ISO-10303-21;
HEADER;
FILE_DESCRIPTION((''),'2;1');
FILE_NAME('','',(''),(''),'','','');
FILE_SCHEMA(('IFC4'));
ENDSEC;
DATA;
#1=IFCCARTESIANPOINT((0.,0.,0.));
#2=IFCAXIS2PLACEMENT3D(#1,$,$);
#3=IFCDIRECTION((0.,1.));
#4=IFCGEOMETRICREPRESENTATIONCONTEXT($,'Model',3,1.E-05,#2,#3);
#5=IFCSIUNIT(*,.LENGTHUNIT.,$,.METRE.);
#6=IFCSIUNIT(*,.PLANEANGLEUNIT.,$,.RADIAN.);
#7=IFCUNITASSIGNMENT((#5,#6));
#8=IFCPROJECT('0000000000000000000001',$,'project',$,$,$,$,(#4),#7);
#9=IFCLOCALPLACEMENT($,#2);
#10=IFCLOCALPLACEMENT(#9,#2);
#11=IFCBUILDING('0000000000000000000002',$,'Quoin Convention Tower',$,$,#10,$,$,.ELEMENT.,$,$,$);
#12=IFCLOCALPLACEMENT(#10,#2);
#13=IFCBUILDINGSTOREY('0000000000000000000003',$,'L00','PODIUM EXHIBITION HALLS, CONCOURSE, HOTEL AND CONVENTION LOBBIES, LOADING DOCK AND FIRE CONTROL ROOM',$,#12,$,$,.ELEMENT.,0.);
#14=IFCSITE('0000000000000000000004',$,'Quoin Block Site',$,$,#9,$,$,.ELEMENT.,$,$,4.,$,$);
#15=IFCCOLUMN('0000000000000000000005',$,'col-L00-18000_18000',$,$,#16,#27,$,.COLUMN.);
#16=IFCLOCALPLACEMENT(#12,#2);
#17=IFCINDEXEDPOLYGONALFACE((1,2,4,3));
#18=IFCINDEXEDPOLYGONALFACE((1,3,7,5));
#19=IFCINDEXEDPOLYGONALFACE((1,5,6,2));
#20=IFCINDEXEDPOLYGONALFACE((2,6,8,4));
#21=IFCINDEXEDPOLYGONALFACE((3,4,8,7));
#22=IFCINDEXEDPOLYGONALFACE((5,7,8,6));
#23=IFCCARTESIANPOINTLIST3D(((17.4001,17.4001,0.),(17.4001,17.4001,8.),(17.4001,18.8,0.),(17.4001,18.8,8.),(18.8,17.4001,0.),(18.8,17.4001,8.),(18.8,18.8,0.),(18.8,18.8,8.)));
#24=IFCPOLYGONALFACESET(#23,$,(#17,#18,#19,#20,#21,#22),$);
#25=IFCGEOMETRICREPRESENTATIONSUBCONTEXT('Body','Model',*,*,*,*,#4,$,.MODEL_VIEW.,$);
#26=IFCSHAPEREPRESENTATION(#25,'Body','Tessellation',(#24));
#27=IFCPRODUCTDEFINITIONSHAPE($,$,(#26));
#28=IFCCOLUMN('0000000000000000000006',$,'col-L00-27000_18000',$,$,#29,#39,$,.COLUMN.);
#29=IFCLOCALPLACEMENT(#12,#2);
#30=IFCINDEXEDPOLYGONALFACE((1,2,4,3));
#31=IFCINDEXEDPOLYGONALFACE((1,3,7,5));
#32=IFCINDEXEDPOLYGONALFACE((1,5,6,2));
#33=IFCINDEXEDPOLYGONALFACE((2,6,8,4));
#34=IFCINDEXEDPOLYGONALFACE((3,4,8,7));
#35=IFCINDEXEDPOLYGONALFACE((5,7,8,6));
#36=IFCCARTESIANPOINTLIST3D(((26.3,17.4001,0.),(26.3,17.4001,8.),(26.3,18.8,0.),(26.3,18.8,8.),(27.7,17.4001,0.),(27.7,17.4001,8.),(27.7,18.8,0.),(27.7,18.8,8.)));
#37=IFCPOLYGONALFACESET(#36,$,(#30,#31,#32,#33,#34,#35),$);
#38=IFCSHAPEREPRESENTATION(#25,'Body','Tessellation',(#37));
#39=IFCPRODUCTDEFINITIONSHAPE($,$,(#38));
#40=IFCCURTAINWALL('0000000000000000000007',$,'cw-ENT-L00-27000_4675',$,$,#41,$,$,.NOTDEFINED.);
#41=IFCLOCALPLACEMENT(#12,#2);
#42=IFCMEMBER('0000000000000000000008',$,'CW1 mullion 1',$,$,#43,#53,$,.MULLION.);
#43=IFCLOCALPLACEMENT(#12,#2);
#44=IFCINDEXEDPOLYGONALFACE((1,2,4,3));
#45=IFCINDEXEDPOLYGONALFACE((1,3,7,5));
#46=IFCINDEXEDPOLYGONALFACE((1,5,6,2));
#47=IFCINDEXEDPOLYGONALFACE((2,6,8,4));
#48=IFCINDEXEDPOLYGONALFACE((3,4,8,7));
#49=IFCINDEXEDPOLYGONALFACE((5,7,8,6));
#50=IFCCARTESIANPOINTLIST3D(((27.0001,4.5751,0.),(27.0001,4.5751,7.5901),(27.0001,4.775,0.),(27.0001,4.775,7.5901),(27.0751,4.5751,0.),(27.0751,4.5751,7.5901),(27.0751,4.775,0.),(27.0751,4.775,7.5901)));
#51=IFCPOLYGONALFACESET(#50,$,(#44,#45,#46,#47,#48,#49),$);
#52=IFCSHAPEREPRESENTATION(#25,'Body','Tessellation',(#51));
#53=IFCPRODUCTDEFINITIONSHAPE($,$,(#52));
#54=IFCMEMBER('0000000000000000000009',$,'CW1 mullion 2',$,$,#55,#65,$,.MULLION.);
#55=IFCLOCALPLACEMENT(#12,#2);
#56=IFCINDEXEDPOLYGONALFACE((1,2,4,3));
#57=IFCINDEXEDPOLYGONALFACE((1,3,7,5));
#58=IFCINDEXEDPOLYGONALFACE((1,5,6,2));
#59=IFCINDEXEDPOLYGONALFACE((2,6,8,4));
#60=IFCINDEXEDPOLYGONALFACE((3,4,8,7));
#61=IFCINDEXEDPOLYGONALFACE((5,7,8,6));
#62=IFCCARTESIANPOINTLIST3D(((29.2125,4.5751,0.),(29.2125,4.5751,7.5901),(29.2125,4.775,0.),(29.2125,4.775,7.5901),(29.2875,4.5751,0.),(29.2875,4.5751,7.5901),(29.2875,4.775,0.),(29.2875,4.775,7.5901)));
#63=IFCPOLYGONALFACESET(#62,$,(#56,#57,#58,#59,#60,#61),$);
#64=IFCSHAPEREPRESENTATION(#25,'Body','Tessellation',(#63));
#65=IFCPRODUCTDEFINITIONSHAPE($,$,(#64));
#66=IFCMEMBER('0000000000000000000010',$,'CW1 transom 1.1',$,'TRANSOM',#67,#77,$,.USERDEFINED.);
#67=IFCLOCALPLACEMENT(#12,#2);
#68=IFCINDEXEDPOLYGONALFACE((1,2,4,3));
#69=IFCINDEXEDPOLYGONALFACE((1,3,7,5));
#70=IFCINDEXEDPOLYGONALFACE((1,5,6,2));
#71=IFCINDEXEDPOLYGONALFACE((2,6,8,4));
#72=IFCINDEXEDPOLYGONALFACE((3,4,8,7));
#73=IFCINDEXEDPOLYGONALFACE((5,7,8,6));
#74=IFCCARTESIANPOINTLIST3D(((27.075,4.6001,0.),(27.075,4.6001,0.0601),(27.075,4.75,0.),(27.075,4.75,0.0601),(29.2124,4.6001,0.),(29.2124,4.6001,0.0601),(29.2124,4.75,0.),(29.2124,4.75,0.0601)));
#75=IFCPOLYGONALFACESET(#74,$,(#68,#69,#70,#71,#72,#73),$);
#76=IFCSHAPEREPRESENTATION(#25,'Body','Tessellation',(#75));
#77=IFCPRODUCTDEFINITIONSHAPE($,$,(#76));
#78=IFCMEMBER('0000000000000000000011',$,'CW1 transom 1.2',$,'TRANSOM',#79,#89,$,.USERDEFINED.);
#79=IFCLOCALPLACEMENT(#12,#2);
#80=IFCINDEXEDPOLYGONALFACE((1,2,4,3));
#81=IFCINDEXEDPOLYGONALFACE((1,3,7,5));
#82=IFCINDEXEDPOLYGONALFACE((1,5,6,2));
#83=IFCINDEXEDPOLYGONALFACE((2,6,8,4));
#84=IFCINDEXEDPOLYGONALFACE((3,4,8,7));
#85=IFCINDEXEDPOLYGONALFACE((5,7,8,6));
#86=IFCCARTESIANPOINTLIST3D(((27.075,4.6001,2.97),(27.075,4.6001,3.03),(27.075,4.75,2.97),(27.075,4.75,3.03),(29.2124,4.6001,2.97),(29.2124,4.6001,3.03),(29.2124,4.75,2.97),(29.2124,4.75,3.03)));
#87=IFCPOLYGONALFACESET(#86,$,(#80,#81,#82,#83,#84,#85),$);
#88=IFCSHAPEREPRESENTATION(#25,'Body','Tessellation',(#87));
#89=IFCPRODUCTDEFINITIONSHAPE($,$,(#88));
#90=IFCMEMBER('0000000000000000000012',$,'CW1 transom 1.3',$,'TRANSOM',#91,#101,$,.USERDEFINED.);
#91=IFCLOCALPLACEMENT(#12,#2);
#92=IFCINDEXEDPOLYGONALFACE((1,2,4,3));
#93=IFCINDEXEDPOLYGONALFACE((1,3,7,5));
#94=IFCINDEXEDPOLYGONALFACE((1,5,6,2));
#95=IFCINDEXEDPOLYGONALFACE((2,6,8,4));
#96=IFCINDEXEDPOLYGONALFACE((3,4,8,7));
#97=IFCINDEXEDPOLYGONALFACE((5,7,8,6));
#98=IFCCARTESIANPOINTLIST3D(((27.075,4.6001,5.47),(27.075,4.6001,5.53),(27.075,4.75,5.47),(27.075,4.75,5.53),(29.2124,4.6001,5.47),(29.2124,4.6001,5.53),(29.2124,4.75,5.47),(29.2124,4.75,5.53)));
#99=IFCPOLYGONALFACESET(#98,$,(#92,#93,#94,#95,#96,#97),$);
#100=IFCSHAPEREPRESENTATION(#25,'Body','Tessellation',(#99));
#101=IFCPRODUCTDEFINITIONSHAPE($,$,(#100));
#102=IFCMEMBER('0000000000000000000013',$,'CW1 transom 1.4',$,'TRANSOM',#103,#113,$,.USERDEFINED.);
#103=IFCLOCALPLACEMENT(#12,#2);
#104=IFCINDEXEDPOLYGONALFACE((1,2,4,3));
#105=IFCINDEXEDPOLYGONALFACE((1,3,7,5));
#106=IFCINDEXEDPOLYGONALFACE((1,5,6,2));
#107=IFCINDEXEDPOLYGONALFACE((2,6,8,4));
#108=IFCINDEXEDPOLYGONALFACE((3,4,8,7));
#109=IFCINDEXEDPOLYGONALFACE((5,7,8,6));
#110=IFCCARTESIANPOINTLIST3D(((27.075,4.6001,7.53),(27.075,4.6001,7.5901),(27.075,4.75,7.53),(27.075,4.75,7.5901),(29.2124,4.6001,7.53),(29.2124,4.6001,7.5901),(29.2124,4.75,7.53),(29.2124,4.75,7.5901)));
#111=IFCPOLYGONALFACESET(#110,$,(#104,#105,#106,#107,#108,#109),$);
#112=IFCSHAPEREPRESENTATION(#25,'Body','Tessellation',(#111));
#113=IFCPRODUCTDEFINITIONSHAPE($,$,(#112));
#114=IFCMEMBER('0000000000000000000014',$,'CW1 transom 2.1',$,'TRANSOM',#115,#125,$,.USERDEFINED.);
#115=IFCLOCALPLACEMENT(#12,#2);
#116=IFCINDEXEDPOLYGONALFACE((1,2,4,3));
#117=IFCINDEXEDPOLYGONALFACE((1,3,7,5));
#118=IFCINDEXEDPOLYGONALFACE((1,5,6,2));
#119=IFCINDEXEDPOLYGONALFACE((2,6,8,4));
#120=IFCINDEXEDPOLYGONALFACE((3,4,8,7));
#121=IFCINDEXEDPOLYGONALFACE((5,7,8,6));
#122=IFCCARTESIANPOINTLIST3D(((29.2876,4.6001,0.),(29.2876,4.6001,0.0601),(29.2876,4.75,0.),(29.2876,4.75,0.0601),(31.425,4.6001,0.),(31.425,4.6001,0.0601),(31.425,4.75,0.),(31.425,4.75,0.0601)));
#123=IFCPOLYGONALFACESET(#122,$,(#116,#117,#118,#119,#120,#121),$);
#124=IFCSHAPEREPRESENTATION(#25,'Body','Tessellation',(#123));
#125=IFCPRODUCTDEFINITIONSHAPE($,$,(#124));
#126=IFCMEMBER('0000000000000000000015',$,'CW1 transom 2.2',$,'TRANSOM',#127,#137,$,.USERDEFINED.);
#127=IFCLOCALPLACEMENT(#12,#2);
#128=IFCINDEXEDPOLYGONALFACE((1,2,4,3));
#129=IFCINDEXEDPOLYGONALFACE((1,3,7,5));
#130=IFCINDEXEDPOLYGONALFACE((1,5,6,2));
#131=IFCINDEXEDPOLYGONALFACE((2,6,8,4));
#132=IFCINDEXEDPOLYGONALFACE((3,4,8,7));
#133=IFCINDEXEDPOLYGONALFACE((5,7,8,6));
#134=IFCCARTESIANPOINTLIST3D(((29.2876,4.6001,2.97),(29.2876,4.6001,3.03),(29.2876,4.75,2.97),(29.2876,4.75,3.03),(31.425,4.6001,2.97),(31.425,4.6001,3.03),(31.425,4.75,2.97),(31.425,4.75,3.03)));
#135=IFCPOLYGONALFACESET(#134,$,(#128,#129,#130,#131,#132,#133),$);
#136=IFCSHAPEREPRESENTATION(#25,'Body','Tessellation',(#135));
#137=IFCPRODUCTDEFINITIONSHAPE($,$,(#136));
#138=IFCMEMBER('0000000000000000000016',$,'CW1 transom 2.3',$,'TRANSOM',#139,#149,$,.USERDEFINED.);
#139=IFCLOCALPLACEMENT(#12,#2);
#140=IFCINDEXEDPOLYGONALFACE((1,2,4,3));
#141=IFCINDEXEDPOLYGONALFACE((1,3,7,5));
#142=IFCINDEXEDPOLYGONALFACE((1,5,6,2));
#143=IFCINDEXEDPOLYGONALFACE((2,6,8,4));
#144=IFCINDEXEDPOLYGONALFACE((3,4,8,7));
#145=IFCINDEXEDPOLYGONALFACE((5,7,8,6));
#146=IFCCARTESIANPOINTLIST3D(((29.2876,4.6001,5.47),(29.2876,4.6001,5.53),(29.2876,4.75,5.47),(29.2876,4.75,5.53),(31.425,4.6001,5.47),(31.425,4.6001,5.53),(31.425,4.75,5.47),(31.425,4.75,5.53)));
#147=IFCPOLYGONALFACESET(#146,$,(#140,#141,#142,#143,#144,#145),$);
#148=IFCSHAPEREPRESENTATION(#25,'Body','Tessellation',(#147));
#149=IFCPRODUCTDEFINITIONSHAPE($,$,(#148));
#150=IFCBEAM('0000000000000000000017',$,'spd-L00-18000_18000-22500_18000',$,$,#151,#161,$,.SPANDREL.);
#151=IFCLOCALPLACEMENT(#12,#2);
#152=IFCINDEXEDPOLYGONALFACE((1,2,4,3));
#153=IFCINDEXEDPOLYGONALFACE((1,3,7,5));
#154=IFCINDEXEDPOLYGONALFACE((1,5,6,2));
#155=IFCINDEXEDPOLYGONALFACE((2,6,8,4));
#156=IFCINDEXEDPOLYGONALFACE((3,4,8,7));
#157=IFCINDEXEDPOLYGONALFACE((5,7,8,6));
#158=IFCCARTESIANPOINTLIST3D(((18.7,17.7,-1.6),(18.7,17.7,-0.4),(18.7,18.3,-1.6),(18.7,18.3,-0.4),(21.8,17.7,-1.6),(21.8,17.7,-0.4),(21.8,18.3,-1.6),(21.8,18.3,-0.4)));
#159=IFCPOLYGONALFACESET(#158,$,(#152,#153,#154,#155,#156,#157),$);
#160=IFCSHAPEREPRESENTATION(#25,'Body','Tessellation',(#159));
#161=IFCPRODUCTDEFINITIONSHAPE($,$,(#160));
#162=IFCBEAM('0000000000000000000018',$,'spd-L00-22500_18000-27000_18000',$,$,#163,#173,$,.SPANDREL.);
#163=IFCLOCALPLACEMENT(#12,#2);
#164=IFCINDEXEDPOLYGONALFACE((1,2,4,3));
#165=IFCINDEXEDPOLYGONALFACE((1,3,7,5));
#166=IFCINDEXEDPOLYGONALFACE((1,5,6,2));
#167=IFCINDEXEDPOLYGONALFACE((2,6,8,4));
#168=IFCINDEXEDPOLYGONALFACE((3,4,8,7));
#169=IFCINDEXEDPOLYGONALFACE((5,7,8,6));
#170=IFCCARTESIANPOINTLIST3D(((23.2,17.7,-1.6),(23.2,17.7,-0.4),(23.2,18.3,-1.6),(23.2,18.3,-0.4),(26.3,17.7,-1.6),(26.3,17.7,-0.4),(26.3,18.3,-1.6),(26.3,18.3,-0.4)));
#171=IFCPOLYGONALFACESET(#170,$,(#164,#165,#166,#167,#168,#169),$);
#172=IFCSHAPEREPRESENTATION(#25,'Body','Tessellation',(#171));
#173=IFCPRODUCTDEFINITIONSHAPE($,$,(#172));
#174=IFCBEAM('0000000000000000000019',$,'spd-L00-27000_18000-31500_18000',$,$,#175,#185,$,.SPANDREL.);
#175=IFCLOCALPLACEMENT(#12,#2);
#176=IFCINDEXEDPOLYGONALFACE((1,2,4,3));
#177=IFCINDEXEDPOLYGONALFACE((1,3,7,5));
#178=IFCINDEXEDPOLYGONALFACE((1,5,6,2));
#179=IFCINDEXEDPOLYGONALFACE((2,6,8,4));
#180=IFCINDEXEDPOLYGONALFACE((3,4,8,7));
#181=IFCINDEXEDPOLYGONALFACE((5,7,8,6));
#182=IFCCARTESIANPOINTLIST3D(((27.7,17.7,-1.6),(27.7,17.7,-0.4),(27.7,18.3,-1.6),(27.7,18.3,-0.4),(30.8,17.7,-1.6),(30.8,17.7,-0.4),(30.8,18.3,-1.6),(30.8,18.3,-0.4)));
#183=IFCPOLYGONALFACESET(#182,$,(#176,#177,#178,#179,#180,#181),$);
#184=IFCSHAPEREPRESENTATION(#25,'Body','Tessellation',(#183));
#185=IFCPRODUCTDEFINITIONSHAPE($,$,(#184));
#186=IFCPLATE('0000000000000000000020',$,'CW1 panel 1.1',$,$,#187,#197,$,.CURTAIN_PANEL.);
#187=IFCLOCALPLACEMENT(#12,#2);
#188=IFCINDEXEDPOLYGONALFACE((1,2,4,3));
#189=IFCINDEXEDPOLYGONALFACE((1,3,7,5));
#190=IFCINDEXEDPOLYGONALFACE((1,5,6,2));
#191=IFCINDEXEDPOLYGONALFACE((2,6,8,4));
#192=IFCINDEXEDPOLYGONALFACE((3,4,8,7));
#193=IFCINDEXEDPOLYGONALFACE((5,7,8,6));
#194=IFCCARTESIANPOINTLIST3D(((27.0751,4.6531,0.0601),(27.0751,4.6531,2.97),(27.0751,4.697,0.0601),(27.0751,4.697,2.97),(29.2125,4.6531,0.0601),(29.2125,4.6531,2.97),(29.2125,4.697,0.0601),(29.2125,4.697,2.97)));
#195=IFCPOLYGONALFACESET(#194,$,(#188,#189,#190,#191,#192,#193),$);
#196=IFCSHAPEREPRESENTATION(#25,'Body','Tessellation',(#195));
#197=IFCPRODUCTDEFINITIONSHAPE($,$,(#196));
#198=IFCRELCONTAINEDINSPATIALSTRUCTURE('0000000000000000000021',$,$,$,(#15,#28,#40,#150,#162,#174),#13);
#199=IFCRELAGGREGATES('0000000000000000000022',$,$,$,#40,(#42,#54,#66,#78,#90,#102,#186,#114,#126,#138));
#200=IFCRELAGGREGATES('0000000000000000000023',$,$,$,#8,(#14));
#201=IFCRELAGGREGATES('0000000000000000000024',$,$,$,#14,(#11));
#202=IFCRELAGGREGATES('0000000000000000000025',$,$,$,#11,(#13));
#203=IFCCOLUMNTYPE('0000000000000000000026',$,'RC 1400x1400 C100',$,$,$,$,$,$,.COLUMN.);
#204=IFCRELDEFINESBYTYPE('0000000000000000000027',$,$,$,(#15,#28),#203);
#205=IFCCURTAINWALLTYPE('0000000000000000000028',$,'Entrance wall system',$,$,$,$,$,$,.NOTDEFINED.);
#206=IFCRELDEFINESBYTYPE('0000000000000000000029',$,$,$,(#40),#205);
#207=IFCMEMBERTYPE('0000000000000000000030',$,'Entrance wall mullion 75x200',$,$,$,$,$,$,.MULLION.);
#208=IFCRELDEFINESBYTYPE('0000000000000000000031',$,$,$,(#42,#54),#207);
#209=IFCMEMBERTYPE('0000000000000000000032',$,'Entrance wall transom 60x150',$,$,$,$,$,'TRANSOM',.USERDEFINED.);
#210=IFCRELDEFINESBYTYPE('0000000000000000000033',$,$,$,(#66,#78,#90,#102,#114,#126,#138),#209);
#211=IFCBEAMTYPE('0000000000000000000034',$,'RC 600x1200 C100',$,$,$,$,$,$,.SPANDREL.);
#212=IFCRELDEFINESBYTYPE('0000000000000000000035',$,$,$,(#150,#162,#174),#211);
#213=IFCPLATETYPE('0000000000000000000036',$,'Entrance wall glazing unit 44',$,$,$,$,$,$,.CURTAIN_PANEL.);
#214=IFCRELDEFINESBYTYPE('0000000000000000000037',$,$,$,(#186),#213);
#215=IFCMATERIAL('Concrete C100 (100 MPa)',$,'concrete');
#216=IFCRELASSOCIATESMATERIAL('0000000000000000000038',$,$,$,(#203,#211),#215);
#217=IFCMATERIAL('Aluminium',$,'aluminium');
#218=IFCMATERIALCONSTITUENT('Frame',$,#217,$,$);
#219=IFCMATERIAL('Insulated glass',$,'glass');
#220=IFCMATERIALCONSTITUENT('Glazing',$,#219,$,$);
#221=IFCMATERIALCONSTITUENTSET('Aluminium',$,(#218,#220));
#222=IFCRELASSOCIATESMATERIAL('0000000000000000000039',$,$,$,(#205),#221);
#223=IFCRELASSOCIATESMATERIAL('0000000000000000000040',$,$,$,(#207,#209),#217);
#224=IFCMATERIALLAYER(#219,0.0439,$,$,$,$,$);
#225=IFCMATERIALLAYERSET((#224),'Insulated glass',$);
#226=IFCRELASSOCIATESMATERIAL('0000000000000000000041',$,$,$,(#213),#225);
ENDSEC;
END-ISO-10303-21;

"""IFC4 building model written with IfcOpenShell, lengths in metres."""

from ifc_helpers import new_model, si_unit, direction, frame, origin, origin_2d, place, context, subcontext, project, spatial, rectangle, extrude, material, layer, layer_set, constituent, constituent_set, material_profile, profile_set, type_object, element, aggregate, save


model = new_model("IFC4")

# Units and contexts
model_context = context("Model", 3, precision=1e-05, world=origin(), true_north=direction((0.0, 1.0)))
body_context = subcontext(model_context, "Body", "Model", "MODEL_VIEW")
ifc_project = project(units=[si_unit("LENGTHUNIT", "METRE"), si_unit("PLANEANGLEUNIT", "RADIAN")], contexts=[model_context])

# Site, building, storey
site_placement = place(None, origin())
site = spatial("IfcSite", under=ifc_project, at=site_placement, Name="Quoin Block Site", CompositionType="ELEMENT", RefElevation=4.0)
building_placement = place(site_placement, origin())
building = spatial("IfcBuilding", under=site, at=building_placement, Name="Quoin Convention Tower", CompositionType="ELEMENT")
storey_placement = place(building_placement, origin())
storey = spatial("IfcBuildingStorey", under=building, at=storey_placement, Name="L00", Description="PODIUM EXHIBITION HALLS, CONCOURSE, HOTEL AND CONVENTION LOBBIES, LOADING DOCK AND FIRE CONTROL ROOM", CompositionType="ELEMENT", Elevation=0.0)

# Columns
ifc_material_1 = material(Name="Concrete C100 (100 MPa)", Category="concrete")
ifc_material_profile_1 = material_profile(ifc_material_1, rectangle(XDim=1.3999, YDim=1.3999, at=origin_2d()), Name="RC 1400x1400")
ifc_profile_set_1 = profile_set([ifc_material_profile_1], Name="Concrete C100 (100 MPa)")
column_type = type_object("IfcColumnType", Name="RC 1400x1400 C100", PredefinedType="COLUMN", material=ifc_profile_set_1)
for number, where, z_axis, x_axis, name in (
    (1, (18.1001, 18.1001, 0.0), (0.0, 0.0, 1.0), (1.0, 0.0, 0.0), "col-L00-18000_18000"),
    (2, (27.0, 18.1001, 0.0), (0.0, 0.0, 1.0), (1.0, 0.0, 0.0), "col-L00-27000_18000"),
):
    element("IfcColumn", number, at=place(storey_placement, frame(where, z_axis=z_axis, x_axis=x_axis)), inside=storey, type_object=column_type, Name=name, PredefinedType="COLUMN", context=body_context, shape_type="SweptSolid", body=[
        extrude(rectangle(XDim=1.3999, YDim=1.3999, at=origin_2d()), origin(), (0.0, 0.0, 1.0), 8.0),
    ])

# Curtain wall, members
ifc_material_2 = material(Name="Aluminium", Category="aluminium")
ifc_constituent_1 = constituent(ifc_material_2, Name="Frame")
ifc_material_3 = material(Name="Insulated glass", Category="glass")
ifc_constituent_2 = constituent(ifc_material_3, Name="Glazing")
ifc_constituent_set_1 = constituent_set(constituents=[ifc_constituent_1, ifc_constituent_2], Name="Aluminium")
curtain_wall_type = type_object("IfcCurtainWallType", Name="Entrance wall system", PredefinedType="NOTDEFINED", material=ifc_constituent_set_1)
curtain_wall_placement = place(storey_placement, origin())
curtain_wall = element("IfcCurtainWall", 3, at=curtain_wall_placement, inside=storey, type_object=curtain_wall_type, Name="cw-ENT-L00-27000_4675", PredefinedType="NOTDEFINED")
ifc_material_profile_2 = material_profile(ifc_material_2, rectangle(XDim=0.2, YDim=0.075, at=origin_2d()), Name="Entrance wall mullion 75x200")
ifc_profile_set_2 = profile_set([ifc_material_profile_2], Name="Aluminium")
member_type_1 = type_object("IfcMemberType", Name="Entrance wall mullion 75x200", PredefinedType="MULLION", material=ifc_profile_set_2)
member_1_placement = place(storey_placement, frame((27.0376, 4.675, 0.0), z_axis=(0.0, 0.0, 1.0), x_axis=(0.0, 1.0, 0.0)))
member_1 = element("IfcMember", 4, at=member_1_placement, type_object=member_type_1, Name="CW1 mullion 1", PredefinedType="MULLION", context=body_context, shape_type="SweptSolid", body=[
    extrude(rectangle(XDim=0.2, YDim=0.075, at=origin_2d()), origin(), (0.0, 0.0, 1.0), 7.5901),
])
member_2_placement = place(storey_placement, frame((29.25, 4.675, 0.0), z_axis=(0.0, 0.0, 1.0), x_axis=(0.0, 1.0, 0.0)))
member_2 = element("IfcMember", 5, at=member_2_placement, type_object=member_type_1, Name="CW1 mullion 2", PredefinedType="MULLION", context=body_context, shape_type="SweptSolid", body=[
    extrude(rectangle(XDim=0.2, YDim=0.075, at=origin_2d()), origin(), (0.0, 0.0, 1.0), 7.5901),
])
ifc_material_profile_3 = material_profile(ifc_material_2, rectangle(XDim=0.1499, YDim=0.0601, at=origin_2d()), Name="Entrance wall transom 60x150")
ifc_profile_set_3 = profile_set([ifc_material_profile_3], Name="Aluminium")
member_type_2 = type_object("IfcMemberType", Name="Entrance wall transom 60x150", ElementType="TRANSOM", PredefinedType="USERDEFINED", material=ifc_profile_set_3)
member_3_placement = place(storey_placement, frame((27.075, 4.675, 0.03), z_axis=(1.0, 0.0, 0.0), x_axis=(0.0, 1.0, 0.0)))
member_3 = element("IfcMember", 6, at=member_3_placement, type_object=member_type_2, Name="CW1 transom 1.1", ObjectType="TRANSOM", PredefinedType="USERDEFINED", context=body_context, shape_type="SweptSolid", body=[
    extrude(rectangle(XDim=0.1499, YDim=0.0601, at=origin_2d()), origin(), (0.0, 0.0, 1.0), 2.1375),
])
member_4_placement = place(storey_placement, frame((27.075, 4.675, 3.0), z_axis=(1.0, 0.0, 0.0), x_axis=(0.0, 1.0, 0.0)))
member_4 = element("IfcMember", 7, at=member_4_placement, type_object=member_type_2, Name="CW1 transom 1.2", ObjectType="TRANSOM", PredefinedType="USERDEFINED", context=body_context, shape_type="SweptSolid", body=[
    extrude(rectangle(XDim=0.1499, YDim=0.0601, at=origin_2d()), origin(), (0.0, 0.0, 1.0), 2.1375),
])
member_5_placement = place(storey_placement, frame((27.075, 4.675, 5.5), z_axis=(1.0, 0.0, 0.0), x_axis=(0.0, 1.0, 0.0)))
member_5 = element("IfcMember", 8, at=member_5_placement, type_object=member_type_2, Name="CW1 transom 1.3", ObjectType="TRANSOM", PredefinedType="USERDEFINED", context=body_context, shape_type="SweptSolid", body=[
    extrude(rectangle(XDim=0.1499, YDim=0.0601, at=origin_2d()), origin(), (0.0, 0.0, 1.0), 2.1375),
])
member_6_placement = place(storey_placement, frame((27.075, 4.675, 7.5601), z_axis=(1.0, 0.0, 0.0), x_axis=(0.0, 1.0, 0.0)))
member_6 = element("IfcMember", 9, at=member_6_placement, type_object=member_type_2, Name="CW1 transom 1.4", ObjectType="TRANSOM", PredefinedType="USERDEFINED", context=body_context, shape_type="SweptSolid", body=[
    extrude(rectangle(XDim=0.1499, YDim=0.0601, at=origin_2d()), origin(), (0.0, 0.0, 1.0), 2.1375),
])
member_7_placement = place(storey_placement, frame((29.2876, 4.675, 0.03), z_axis=(1.0, 0.0, 0.0), x_axis=(0.0, 1.0, 0.0)))
member_7 = element("IfcMember", 10, at=member_7_placement, type_object=member_type_2, Name="CW1 transom 2.1", ObjectType="TRANSOM", PredefinedType="USERDEFINED", context=body_context, shape_type="SweptSolid", body=[
    extrude(rectangle(XDim=0.1499, YDim=0.0601, at=origin_2d()), origin(), (0.0, 0.0, 1.0), 2.1375),
])
member_8_placement = place(storey_placement, frame((29.2876, 4.675, 3.0), z_axis=(1.0, 0.0, 0.0), x_axis=(0.0, 1.0, 0.0)))
member_8 = element("IfcMember", 11, at=member_8_placement, type_object=member_type_2, Name="CW1 transom 2.2", ObjectType="TRANSOM", PredefinedType="USERDEFINED", context=body_context, shape_type="SweptSolid", body=[
    extrude(rectangle(XDim=0.1499, YDim=0.0601, at=origin_2d()), origin(), (0.0, 0.0, 1.0), 2.1375),
])
member_9_placement = place(storey_placement, frame((29.2876, 4.675, 5.5), z_axis=(1.0, 0.0, 0.0), x_axis=(0.0, 1.0, 0.0)))
member_9 = element("IfcMember", 12, at=member_9_placement, type_object=member_type_2, Name="CW1 transom 2.3", ObjectType="TRANSOM", PredefinedType="USERDEFINED", context=body_context, shape_type="SweptSolid", body=[
    extrude(rectangle(XDim=0.1499, YDim=0.0601, at=origin_2d()), origin(), (0.0, 0.0, 1.0), 2.1375),
])

# Beams
ifc_material_profile_4 = material_profile(ifc_material_1, rectangle(XDim=0.6001, YDim=1.2, at=origin_2d()), Name="RC 600x1200")
ifc_profile_set_4 = profile_set([ifc_material_profile_4], Name="Concrete C100 (100 MPa)")
beam_type = type_object("IfcBeamType", Name="RC 600x1200 C100", PredefinedType="SPANDREL", material=ifc_profile_set_4)
for number, where, z_axis, x_axis, name in (
    (13, (18.7, 18.0, -1.0), (1.0, 0.0, 0.0), (0.0, 1.0, 0.0), "spd-L00-18000_18000-22500_18000"),
    (14, (23.2, 18.0, -1.0), (1.0, 0.0, 0.0), (0.0, 1.0, 0.0), "spd-L00-22500_18000-27000_18000"),
    (15, (27.7, 18.0, -1.0), (1.0, 0.0, 0.0), (0.0, 1.0, 0.0), "spd-L00-27000_18000-31500_18000"),
):
    element("IfcBeam", number, at=place(storey_placement, frame(where, z_axis=z_axis, x_axis=x_axis)), inside=storey, type_object=beam_type, Name=name, PredefinedType="SPANDREL", context=body_context, shape_type="SweptSolid", body=[
        extrude(rectangle(XDim=0.6001, YDim=1.2, at=origin_2d()), origin(), (0.0, 0.0, 1.0), 3.1001),
    ])

# Plate
ifc_layer_1 = layer(ifc_material_3, 0.0439)
ifc_layer_set_1 = layer_set([ifc_layer_1], Name="Insulated glass")
plate_type = type_object("IfcPlateType", Name="Entrance wall glazing unit 44", PredefinedType="CURTAIN_PANEL", material=ifc_layer_set_1)
plate_1_placement = place(storey_placement, frame((28.1438, 4.675, 0.0601), z_axis=(0.0, 0.0, 1.0), x_axis=(1.0, 0.0, 0.0)))
plate_1 = element("IfcPlate", 16, at=plate_1_placement, type_object=plate_type, Name="CW1 panel 1.1", PredefinedType="CURTAIN_PANEL", context=body_context, shape_type="SweptSolid", body=[
    extrude(rectangle(XDim=2.1375, YDim=0.0439, at=origin_2d()), origin(), (0.0, 0.0, 1.0), 2.9099),
])
aggregate(curtain_wall, [member_1, member_2, member_3, member_4, member_5, member_6, plate_1, member_7, member_8, member_9])

save(model, "model.ifc")
